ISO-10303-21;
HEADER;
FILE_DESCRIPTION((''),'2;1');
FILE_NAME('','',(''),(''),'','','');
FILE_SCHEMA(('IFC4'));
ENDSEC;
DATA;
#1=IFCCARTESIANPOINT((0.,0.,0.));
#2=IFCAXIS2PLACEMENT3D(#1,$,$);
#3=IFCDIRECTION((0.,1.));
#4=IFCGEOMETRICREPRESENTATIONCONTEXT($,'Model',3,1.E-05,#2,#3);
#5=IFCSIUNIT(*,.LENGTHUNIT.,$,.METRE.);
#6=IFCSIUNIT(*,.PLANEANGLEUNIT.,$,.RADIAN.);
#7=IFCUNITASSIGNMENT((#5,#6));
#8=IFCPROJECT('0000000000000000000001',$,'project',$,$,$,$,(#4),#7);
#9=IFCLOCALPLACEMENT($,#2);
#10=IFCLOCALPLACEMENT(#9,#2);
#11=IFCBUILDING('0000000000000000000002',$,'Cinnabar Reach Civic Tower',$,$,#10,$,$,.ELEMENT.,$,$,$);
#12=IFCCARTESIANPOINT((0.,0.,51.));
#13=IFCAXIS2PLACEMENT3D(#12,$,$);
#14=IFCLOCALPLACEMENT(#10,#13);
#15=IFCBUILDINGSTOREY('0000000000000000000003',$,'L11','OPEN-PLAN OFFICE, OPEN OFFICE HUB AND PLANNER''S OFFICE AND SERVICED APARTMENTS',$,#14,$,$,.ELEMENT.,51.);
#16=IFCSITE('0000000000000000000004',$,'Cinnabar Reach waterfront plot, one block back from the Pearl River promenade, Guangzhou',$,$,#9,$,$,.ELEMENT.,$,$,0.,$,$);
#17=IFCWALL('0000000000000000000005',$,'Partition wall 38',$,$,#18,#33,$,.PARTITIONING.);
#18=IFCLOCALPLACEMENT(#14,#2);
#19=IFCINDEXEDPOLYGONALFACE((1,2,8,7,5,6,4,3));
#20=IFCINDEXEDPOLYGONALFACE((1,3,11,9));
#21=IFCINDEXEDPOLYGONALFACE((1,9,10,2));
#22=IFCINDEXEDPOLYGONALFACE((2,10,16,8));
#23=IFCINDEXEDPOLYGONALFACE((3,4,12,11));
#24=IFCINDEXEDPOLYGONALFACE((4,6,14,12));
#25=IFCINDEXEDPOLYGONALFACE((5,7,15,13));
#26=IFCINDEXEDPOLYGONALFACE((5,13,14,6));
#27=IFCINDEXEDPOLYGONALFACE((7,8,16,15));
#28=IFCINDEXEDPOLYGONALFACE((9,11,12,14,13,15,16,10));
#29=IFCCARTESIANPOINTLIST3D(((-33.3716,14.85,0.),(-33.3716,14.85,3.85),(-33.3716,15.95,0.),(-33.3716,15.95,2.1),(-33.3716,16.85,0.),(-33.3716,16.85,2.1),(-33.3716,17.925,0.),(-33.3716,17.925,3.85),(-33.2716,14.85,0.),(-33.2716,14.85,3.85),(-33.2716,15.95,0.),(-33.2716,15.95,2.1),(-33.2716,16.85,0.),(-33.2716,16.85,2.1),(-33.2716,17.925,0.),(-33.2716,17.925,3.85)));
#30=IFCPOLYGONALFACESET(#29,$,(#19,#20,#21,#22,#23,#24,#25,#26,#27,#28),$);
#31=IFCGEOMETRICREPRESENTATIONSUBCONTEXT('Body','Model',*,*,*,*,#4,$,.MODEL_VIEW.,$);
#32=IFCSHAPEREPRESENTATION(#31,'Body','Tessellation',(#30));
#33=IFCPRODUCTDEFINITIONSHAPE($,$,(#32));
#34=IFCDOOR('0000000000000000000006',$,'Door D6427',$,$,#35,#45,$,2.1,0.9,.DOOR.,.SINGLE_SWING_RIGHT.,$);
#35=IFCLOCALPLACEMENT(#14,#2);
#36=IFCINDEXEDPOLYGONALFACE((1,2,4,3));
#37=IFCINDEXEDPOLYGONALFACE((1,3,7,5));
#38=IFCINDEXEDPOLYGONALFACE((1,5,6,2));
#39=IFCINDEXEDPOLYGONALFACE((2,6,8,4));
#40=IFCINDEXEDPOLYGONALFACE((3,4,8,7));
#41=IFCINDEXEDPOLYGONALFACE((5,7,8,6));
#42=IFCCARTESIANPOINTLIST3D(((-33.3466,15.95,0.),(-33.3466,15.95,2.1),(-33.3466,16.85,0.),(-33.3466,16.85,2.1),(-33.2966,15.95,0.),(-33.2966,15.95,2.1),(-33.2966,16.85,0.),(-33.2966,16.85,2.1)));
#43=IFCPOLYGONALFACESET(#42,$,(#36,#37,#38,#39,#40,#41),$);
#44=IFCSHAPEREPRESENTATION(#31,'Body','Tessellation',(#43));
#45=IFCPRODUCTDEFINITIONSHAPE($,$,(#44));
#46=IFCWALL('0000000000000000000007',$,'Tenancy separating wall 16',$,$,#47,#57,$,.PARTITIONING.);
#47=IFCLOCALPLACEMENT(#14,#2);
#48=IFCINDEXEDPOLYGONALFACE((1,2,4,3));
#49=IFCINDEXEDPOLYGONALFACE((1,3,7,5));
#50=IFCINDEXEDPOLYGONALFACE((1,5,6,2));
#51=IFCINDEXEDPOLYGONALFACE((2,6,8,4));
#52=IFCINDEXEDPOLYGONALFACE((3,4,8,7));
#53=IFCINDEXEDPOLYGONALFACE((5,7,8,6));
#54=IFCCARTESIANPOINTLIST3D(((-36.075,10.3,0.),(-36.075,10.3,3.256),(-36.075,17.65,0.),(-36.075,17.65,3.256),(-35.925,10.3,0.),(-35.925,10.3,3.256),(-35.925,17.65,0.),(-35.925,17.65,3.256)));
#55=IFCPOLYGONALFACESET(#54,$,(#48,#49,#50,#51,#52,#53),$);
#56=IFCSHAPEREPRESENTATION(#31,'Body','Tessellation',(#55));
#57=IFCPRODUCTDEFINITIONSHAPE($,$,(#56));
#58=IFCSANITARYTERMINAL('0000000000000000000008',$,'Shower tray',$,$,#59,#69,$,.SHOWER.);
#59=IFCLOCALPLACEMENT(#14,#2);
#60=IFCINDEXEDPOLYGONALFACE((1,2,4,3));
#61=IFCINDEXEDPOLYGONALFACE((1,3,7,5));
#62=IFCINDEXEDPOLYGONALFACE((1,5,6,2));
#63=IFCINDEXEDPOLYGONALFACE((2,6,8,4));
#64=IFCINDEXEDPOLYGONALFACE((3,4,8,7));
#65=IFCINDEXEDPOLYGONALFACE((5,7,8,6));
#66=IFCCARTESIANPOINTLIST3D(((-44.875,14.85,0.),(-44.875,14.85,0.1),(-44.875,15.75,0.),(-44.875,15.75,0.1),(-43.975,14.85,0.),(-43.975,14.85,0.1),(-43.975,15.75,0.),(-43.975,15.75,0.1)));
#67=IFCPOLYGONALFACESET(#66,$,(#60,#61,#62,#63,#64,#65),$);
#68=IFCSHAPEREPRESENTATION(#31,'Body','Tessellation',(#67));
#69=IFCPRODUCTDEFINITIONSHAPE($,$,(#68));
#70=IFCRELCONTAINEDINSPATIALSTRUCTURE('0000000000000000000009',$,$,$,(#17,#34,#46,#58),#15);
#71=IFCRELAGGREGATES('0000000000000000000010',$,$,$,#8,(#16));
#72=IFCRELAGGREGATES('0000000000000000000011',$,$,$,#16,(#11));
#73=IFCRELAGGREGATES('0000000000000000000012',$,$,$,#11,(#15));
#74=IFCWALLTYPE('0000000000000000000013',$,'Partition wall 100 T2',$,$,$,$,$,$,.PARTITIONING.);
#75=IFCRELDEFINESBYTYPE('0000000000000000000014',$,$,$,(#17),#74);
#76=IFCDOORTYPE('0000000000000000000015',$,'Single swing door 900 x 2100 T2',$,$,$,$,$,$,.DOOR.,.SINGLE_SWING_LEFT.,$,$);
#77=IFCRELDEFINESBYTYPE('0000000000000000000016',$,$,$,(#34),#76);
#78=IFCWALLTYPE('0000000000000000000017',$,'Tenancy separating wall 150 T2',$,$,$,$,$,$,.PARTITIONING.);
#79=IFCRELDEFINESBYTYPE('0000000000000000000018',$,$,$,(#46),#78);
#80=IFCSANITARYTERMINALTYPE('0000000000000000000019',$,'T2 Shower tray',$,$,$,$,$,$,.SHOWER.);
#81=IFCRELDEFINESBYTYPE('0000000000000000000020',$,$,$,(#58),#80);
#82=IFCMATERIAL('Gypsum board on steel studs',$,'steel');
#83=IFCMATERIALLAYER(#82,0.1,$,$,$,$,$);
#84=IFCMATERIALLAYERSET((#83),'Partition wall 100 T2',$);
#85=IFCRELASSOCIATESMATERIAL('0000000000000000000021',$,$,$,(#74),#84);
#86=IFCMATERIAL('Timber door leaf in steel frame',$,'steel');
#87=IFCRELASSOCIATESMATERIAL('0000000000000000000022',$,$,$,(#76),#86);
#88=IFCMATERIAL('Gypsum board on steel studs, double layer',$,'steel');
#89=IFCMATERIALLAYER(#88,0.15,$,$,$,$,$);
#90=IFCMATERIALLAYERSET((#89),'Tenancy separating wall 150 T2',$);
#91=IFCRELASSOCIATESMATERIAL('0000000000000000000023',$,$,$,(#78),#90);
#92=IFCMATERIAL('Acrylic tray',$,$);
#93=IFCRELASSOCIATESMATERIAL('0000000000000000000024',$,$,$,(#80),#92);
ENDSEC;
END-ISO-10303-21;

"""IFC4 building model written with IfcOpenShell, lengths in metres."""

from ifc_helpers import new_model, si_unit, direction, frame, frame_2d, origin, origin_2d, place, context, subcontext, project, spatial, rectangle, extrude, material, layer, layer_set, type_object, element, fill, save


model = new_model("IFC4")

# Units and contexts
model_context = context("Model", 3, precision=1e-05, world=origin(), true_north=direction((0.0, 1.0)))
body_context = subcontext(model_context, "Body", "Model", "MODEL_VIEW")
ifc_project = project(units=[si_unit("LENGTHUNIT", "METRE"), si_unit("PLANEANGLEUNIT", "RADIAN")], contexts=[model_context])

# Site, building, storey
site_placement = place(None, origin())
site = spatial("IfcSite", under=ifc_project, at=site_placement, Name="Cinnabar Reach waterfront plot, one block back from the Pearl River promenade, Guangzhou", CompositionType="ELEMENT", RefElevation=0.0)
building_placement = place(site_placement, origin())
building = spatial("IfcBuilding", under=site, at=building_placement, Name="Cinnabar Reach Civic Tower", CompositionType="ELEMENT")
storey_placement = place(building_placement, frame((0.0, 0.0, 51.0)))
storey = spatial("IfcBuildingStorey", under=building, at=storey_placement, Name="L11", Description="OPEN-PLAN OFFICE, OPEN OFFICE HUB AND PLANNER'S OFFICE AND SERVICED APARTMENTS", CompositionType="ELEMENT", Elevation=51.0)

# Wall, opening, door
ifc_material_1 = material(Name="Gypsum board on steel studs", Category="steel")
ifc_layer_1 = layer(ifc_material_1, 0.1)
ifc_layer_set_1 = layer_set([ifc_layer_1], Name="Partition wall 100 T2")
wall_type_1 = type_object("IfcWallType", Name="Partition wall 100 T2", PredefinedType="PARTITIONING", material=ifc_layer_set_1)
ifc_material_2 = material(Name="Timber door leaf in steel frame", Category="steel")
door_type = type_object("IfcDoorType", Name="Single swing door 900 x 2100 T2", OperationType="SINGLE_SWING_LEFT", PredefinedType="DOOR", material=ifc_material_2)
wall_1_placement = place(storey_placement, frame((-33.3216, 14.85, 0.0), z_axis=(0.0, 0.0, 1.0), x_axis=(0.0, 1.0, 0.0)))
wall_1 = element("IfcWall", 1, at=wall_1_placement, inside=storey, type_object=wall_type_1, Name="Partition wall 38", PredefinedType="PARTITIONING", context=body_context, shape_type="SweptSolid", body=[
    extrude(rectangle(XDim=3.075, YDim=0.1, at=frame_2d((1.5375, 0.0))), origin(), (0.0, 0.0, 1.0), 3.85),
])
opening_1_placement = place(wall_1_placement, frame((1.1, 0.0, 0.0)))
opening_1 = element("IfcOpeningElement", 2, at=opening_1_placement, cuts=wall_1, PredefinedType="OPENING", context=body_context, shape_type="SweptSolid", body=[
    extrude(rectangle(XDim=0.9, YDim=2.1, at=frame_2d((0.45, 1.05))), frame((0.0, 0.06, 0.0), z_axis=(0.0, -1.0, 0.0), x_axis=(1.0, 0.0, 0.0)), (0.0, 0.0, 1.0), 0.12),
])
door_1_placement = place(opening_1_placement, origin())
door_1 = element("IfcDoor", 3, at=door_1_placement, inside=storey, type_object=door_type, Name="Door D6427", OperationType="SINGLE_SWING_RIGHT", OverallHeight=2.1, OverallWidth=0.9, PredefinedType="DOOR", context=body_context, shape_type="SweptSolid", body=[
    extrude(rectangle(XDim=0.9, YDim=2.1, at=frame_2d((0.45, 1.05))), frame((0.0, 0.025, 0.0), z_axis=(0.0, -1.0, 0.0), x_axis=(1.0, 0.0, 0.0)), (0.0, 0.0, 1.0), 0.05),
])
fill(opening_1, door_1)

# Wall
ifc_material_3 = material(Name="Gypsum board on steel studs, double layer", Category="steel")
ifc_layer_2 = layer(ifc_material_3, 0.15)
ifc_layer_set_2 = layer_set([ifc_layer_2], Name="Tenancy separating wall 150 T2")
wall_type_2 = type_object("IfcWallType", Name="Tenancy separating wall 150 T2", PredefinedType="PARTITIONING", material=ifc_layer_set_2)
wall_2_placement = place(storey_placement, frame((-36.0, 10.3, 0.0), z_axis=(0.0, 0.0, 1.0), x_axis=(0.0, 1.0, 0.0)))
element("IfcWall", 4, at=wall_2_placement, inside=storey, type_object=wall_type_2, Name="Tenancy separating wall 16", PredefinedType="PARTITIONING", context=body_context, shape_type="SweptSolid", body=[
    extrude(rectangle(XDim=7.35, YDim=0.15, at=frame_2d((3.675, 0.0))), origin(), (0.0, 0.0, 1.0), 3.256),
])

# Sanitary terminal
ifc_material_4 = material(Name="Acrylic tray")
sanitary_terminal_type = type_object("IfcSanitaryTerminalType", Name="T2 Shower tray", PredefinedType="SHOWER", material=ifc_material_4)
sanitary_terminal_placement = place(storey_placement, frame((-44.425, 15.3, 0.0), z_axis=(0.0, 0.0, 1.0), x_axis=(1.0, 0.0, 0.0)))
element("IfcSanitaryTerminal", 5, at=sanitary_terminal_placement, inside=storey, type_object=sanitary_terminal_type, Name="Shower tray", PredefinedType="SHOWER", context=body_context, shape_type="SweptSolid", body=[
    extrude(rectangle(XDim=0.9, YDim=0.9, at=origin_2d()), origin(), (0.0, 0.0, 1.0), 0.1),
])

save(model, "model.ifc")
